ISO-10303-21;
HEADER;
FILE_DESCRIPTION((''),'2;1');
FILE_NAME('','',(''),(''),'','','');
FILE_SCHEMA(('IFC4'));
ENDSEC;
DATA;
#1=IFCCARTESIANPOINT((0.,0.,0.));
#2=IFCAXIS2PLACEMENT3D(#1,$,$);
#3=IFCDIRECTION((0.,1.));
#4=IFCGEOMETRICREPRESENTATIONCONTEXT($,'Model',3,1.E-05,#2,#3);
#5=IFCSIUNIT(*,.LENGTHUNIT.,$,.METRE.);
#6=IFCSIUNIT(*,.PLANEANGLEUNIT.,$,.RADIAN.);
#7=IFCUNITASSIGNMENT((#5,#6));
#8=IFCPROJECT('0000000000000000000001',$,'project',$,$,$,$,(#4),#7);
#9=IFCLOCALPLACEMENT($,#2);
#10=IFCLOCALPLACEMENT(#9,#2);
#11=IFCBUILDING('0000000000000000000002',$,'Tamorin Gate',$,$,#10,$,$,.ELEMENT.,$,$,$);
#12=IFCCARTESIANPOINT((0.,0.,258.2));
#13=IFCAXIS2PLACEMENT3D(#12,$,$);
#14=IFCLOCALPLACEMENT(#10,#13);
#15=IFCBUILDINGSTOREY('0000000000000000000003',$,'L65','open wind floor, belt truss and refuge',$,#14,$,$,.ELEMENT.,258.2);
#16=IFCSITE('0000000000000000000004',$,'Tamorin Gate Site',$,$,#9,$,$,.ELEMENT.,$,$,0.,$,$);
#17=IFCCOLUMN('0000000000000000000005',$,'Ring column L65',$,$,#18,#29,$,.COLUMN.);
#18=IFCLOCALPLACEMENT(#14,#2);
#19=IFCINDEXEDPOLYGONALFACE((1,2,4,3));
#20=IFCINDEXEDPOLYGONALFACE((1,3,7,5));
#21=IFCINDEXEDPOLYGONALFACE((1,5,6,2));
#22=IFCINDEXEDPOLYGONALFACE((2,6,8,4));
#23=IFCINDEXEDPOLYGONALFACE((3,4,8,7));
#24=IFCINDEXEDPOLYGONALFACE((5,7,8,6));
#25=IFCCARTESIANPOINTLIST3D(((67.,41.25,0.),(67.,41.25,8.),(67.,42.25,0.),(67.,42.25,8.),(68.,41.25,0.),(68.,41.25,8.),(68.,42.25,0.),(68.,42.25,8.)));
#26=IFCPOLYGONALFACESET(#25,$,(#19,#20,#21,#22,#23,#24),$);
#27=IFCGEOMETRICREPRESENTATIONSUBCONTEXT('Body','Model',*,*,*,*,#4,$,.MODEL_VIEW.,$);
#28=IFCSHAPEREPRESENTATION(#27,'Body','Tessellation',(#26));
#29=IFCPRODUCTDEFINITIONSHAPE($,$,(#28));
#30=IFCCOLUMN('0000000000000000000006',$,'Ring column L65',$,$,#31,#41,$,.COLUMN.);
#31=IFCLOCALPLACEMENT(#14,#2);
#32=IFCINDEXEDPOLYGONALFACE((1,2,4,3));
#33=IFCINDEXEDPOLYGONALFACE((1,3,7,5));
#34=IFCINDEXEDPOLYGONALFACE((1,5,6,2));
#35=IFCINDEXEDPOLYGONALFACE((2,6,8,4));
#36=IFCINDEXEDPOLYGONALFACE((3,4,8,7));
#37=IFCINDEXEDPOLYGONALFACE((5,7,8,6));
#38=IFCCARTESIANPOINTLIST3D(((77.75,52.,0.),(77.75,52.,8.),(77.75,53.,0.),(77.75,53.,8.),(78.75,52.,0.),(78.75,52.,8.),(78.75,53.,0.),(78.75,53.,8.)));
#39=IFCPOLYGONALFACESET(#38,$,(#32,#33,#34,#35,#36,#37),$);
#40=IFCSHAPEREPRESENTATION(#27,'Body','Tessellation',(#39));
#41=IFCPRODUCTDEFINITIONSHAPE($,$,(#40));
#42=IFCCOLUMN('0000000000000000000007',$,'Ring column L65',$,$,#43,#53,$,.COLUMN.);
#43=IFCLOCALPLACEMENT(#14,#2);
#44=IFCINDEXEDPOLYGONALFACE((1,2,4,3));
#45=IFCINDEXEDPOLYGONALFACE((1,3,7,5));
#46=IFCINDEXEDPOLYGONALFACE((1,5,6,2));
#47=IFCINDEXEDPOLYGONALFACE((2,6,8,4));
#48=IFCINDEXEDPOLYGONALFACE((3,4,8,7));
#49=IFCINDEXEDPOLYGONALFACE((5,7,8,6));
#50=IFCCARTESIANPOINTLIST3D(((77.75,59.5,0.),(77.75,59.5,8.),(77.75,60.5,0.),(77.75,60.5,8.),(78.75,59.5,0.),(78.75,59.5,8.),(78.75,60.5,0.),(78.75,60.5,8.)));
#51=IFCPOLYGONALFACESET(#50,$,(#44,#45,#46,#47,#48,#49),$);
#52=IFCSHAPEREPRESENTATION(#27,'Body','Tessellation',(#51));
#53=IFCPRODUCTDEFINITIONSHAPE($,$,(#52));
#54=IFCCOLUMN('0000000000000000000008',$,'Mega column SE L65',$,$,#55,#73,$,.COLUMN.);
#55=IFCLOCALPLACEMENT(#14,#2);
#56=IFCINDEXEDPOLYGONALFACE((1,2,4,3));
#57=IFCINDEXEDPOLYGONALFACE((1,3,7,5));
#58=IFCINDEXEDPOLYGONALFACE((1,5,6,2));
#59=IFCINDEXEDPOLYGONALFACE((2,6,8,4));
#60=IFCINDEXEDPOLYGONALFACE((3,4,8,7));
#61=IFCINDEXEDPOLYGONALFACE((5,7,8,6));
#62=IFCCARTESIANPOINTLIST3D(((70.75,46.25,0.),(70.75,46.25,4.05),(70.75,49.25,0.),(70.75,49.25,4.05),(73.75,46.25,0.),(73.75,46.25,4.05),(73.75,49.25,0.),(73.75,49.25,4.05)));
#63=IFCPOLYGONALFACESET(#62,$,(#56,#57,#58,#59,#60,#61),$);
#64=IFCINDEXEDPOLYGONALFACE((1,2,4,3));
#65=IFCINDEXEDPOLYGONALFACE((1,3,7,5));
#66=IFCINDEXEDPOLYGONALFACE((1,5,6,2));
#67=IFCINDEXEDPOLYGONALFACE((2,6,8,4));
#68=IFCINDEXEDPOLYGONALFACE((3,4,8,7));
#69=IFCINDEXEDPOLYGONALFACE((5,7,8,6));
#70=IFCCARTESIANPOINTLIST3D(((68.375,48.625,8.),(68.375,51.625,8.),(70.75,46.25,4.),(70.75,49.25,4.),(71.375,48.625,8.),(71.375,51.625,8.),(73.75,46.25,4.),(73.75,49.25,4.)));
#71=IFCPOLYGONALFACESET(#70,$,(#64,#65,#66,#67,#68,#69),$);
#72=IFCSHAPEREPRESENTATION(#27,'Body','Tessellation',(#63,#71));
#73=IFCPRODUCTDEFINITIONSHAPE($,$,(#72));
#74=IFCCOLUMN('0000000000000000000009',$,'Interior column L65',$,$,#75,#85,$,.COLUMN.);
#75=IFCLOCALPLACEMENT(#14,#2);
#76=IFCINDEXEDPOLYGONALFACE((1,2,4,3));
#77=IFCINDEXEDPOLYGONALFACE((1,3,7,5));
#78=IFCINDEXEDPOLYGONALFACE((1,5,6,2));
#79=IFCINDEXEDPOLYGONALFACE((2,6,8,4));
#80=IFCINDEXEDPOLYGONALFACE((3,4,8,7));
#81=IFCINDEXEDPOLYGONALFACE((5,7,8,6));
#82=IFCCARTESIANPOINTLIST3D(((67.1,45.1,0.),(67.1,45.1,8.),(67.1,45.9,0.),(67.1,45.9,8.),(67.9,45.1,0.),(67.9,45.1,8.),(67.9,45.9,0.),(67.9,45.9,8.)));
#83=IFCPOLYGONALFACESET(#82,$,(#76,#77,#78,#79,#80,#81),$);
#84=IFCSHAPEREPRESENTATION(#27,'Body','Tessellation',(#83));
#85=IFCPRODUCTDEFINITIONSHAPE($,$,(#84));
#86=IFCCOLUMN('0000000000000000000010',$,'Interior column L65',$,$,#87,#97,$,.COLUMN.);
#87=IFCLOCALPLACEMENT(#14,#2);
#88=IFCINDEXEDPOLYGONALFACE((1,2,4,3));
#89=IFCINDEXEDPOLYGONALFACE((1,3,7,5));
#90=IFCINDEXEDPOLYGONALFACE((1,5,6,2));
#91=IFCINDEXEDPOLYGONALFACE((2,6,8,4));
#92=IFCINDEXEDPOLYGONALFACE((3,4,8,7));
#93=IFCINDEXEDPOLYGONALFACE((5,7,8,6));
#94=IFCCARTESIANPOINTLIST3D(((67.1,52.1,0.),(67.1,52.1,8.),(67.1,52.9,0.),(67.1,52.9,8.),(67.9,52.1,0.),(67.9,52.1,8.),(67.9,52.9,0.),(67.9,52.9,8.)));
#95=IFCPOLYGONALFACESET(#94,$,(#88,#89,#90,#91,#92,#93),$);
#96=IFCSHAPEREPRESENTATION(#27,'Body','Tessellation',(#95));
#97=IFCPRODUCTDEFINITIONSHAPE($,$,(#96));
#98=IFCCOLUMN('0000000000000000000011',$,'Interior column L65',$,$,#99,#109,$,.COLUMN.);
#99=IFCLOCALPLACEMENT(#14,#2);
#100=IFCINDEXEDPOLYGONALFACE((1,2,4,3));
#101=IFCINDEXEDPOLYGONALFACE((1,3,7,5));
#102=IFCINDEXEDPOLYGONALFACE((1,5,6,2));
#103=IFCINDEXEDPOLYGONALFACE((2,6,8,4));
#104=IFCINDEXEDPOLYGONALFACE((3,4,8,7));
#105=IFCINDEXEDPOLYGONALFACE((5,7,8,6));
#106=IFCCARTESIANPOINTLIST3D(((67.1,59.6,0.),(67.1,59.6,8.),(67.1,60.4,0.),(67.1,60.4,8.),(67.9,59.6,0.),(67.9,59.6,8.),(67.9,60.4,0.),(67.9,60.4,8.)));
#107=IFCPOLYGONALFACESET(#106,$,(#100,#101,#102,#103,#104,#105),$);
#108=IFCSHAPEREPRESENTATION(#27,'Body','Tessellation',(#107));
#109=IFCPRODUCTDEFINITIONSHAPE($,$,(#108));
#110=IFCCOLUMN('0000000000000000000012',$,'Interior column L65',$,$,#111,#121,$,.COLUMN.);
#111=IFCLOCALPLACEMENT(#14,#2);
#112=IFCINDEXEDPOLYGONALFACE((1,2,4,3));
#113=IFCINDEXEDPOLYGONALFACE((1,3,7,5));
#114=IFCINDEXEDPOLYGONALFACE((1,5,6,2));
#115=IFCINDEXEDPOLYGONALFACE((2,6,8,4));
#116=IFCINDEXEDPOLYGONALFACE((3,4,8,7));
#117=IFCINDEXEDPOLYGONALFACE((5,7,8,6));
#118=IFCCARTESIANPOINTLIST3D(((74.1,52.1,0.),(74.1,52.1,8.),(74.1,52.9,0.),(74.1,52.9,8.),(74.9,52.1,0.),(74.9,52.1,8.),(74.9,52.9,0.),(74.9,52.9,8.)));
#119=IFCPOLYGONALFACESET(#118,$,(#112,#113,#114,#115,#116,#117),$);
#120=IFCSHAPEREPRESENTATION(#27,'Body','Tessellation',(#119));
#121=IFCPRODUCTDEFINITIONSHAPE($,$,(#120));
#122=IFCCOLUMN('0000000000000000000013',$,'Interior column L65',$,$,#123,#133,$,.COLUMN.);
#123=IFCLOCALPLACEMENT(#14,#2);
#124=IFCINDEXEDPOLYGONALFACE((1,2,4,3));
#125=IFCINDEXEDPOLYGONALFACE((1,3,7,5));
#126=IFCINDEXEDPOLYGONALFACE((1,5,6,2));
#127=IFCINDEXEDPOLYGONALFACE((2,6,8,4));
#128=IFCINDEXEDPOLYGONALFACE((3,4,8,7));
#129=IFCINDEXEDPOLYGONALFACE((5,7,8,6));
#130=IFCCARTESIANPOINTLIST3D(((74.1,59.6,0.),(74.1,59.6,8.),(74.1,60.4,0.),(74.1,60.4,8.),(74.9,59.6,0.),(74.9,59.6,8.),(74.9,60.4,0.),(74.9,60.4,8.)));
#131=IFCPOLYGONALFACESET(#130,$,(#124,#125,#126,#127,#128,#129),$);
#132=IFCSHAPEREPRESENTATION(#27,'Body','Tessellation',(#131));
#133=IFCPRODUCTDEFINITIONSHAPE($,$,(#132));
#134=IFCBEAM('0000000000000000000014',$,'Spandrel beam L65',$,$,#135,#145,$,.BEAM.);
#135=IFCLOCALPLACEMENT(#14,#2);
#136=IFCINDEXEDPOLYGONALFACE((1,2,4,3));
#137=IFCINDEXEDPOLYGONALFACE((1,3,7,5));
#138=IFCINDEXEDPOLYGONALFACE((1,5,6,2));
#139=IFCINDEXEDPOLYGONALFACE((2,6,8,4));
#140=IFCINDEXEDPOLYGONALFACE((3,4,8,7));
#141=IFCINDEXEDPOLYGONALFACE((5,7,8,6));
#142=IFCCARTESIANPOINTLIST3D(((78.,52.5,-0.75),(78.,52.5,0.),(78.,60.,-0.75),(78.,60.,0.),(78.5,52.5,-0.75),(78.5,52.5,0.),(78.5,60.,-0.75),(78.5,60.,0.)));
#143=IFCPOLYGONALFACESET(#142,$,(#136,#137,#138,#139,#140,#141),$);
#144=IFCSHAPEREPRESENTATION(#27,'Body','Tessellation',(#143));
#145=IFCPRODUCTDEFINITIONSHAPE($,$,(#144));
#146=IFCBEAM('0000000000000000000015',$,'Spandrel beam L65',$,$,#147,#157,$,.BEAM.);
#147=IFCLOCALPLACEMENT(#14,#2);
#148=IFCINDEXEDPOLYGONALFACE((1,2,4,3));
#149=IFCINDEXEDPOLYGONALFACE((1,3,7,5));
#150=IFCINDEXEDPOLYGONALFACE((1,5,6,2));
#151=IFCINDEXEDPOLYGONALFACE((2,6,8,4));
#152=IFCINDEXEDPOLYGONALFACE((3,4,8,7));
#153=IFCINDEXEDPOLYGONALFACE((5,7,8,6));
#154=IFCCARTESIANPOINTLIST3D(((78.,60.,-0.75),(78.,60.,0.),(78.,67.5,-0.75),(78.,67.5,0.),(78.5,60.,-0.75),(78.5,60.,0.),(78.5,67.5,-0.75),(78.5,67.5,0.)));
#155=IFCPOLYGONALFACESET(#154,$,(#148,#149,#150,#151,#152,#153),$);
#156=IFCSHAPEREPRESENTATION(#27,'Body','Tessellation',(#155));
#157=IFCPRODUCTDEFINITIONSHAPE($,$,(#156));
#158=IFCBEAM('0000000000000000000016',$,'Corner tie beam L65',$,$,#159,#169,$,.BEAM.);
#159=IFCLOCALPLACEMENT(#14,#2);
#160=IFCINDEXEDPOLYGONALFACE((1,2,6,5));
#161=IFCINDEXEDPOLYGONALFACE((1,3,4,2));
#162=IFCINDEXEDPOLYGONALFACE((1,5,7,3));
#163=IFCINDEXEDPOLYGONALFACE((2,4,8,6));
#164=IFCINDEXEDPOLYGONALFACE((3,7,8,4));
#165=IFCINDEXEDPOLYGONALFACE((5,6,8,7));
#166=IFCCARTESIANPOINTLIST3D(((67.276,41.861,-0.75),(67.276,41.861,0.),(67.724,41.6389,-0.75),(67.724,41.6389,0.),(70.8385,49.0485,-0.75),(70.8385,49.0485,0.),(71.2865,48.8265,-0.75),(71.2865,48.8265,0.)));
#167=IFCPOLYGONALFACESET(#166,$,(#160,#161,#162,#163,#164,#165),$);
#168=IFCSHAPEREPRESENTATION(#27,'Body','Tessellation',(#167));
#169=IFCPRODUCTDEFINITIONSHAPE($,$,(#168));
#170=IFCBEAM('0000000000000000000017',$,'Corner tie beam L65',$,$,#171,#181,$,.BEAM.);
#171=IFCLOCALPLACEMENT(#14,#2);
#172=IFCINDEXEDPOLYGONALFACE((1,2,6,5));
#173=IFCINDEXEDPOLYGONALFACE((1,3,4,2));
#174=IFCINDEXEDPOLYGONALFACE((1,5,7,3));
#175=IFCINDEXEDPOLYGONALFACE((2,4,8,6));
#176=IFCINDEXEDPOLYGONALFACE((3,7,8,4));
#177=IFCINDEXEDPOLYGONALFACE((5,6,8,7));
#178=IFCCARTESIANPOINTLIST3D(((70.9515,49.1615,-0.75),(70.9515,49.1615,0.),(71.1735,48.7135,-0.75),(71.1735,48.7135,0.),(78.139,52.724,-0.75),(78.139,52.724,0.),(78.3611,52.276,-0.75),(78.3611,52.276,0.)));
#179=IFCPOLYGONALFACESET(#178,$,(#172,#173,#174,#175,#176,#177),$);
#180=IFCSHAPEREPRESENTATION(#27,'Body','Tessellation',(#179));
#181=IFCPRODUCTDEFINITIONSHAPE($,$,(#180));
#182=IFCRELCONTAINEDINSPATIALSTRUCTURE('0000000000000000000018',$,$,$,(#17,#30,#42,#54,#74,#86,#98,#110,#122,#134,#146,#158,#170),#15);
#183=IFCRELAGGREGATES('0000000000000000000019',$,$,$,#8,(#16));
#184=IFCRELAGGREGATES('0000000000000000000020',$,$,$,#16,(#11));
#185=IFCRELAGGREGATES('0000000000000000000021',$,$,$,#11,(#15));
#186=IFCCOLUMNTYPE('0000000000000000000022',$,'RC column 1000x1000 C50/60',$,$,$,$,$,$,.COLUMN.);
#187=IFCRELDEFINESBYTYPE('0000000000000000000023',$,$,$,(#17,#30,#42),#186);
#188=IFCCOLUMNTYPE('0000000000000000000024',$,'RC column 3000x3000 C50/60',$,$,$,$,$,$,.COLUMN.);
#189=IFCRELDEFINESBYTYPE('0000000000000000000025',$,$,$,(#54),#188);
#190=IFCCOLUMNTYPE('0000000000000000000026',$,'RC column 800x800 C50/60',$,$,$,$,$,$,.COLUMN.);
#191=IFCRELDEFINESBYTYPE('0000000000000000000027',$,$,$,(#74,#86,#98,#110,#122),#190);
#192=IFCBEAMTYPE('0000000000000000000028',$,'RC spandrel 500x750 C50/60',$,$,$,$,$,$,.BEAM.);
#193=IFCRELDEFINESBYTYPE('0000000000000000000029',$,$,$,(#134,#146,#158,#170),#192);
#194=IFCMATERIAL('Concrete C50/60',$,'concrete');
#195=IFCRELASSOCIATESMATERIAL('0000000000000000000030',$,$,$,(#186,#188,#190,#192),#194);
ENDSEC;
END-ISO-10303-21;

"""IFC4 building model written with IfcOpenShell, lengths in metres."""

from ifc_helpers import new_model, si_unit, direction, frame, origin, origin_2d, place, context, subcontext, project, spatial, rectangle, extrude, material, material_profile, profile_set, type_object, element, save


model = new_model("IFC4")

# Units and contexts
model_context = context("Model", 3, precision=1e-05, world=origin(), true_north=direction((0.0, 1.0)))
body_context = subcontext(model_context, "Body", "Model", "MODEL_VIEW")
ifc_project = project(units=[si_unit("LENGTHUNIT", "METRE"), si_unit("PLANEANGLEUNIT", "RADIAN")], contexts=[model_context])

# Site, building, storey
site_placement = place(None, origin())
site = spatial("IfcSite", under=ifc_project, at=site_placement, Name="Tamorin Gate Site", CompositionType="ELEMENT", RefElevation=0.0)
building_placement = place(site_placement, origin())
building = spatial("IfcBuilding", under=site, at=building_placement, Name="Tamorin Gate", CompositionType="ELEMENT")
storey_placement = place(building_placement, frame((0.0, 0.0, 258.2)))
storey = spatial("IfcBuildingStorey", under=building, at=storey_placement, Name="L65", Description="open wind floor, belt truss and refuge", CompositionType="ELEMENT", Elevation=258.2)

# Columns
ifc_material_1 = material(Name="Concrete C50/60", Category="concrete")
ifc_material_profile_1 = material_profile(ifc_material_1, rectangle(XDim=1.0, YDim=1.0, at=origin_2d()), Name="RC 1000x1000")
ifc_profile_set_1 = profile_set([ifc_material_profile_1], Name="Concrete C50/60")
column_type_1 = type_object("IfcColumnType", Name="RC column 1000x1000 C50/60", PredefinedType="COLUMN", material=ifc_profile_set_1)
for number, where, z_axis, x_axis, name in (
    (1, (67.5, 41.75, 0.0), (0.0, 0.0, 1.0), (1.0, 0.0, 0.0), "Ring column L65"),
    (2, (78.25, 52.5, 0.0), (0.0, 0.0, 1.0), (1.0, 0.0, 0.0), "Ring column L65"),
    (3, (78.25, 60.0, 0.0), (0.0, 0.0, 1.0), (1.0, 0.0, 0.0), "Ring column L65"),
):
    element("IfcColumn", number, at=place(storey_placement, frame(where, z_axis=z_axis, x_axis=x_axis)), inside=storey, type_object=column_type_1, Name=name, PredefinedType="COLUMN", context=body_context, shape_type="SweptSolid", body=[
        extrude(rectangle(XDim=1.0, YDim=1.0, at=origin_2d()), origin(), (0.0, 0.0, 1.0), 8.0),
    ])
ifc_material_profile_2 = material_profile(ifc_material_1, rectangle(XDim=3.0, YDim=3.0, at=origin_2d()), Name="RC 3000x3000")
ifc_profile_set_2 = profile_set([ifc_material_profile_2], Name="Concrete C50/60")
column_type_2 = type_object("IfcColumnType", Name="RC column 3000x3000 C50/60", PredefinedType="COLUMN", material=ifc_profile_set_2)
column_placement = place(storey_placement, frame((72.25, 47.75, 0.0), z_axis=(0.0, 0.0, 1.0), x_axis=(0.0, 1.0, 0.0)))
element("IfcColumn", 4, at=column_placement, inside=storey, type_object=column_type_2, Name="Mega column SE L65", PredefinedType="COLUMN", context=body_context, shape_type="SweptSolid", body=[
    extrude(rectangle(XDim=3.0, YDim=3.0, at=origin_2d()), origin(), (0.0, 0.0, 1.0), 4.05),
    extrude(rectangle(XDim=3.0, YDim=3.0, at=origin_2d()), frame((0.0, 0.0, 4.0)), (0.454707, 0.454707, 0.765822), 5.2231),
])
ifc_material_profile_3 = material_profile(ifc_material_1, rectangle(XDim=0.8, YDim=0.8, at=origin_2d()), Name="RC 800x800")
ifc_profile_set_3 = profile_set([ifc_material_profile_3], Name="Concrete C50/60")
column_type_3 = type_object("IfcColumnType", Name="RC column 800x800 C50/60", PredefinedType="COLUMN", material=ifc_profile_set_3)
for number, where, z_axis, x_axis, name in (
    (5, (67.5, 45.5, 0.0), (0.0, 0.0, 1.0), (1.0, 0.0, 0.0), "Interior column L65"),
    (6, (67.5, 52.5, 0.0), (0.0, 0.0, 1.0), (1.0, 0.0, 0.0), "Interior column L65"),
    (7, (67.5, 60.0, 0.0), (0.0, 0.0, 1.0), (1.0, 0.0, 0.0), "Interior column L65"),
    (8, (74.5, 52.5, 0.0), (0.0, 0.0, 1.0), (1.0, 0.0, 0.0), "Interior column L65"),
    (9, (74.5, 60.0, 0.0), (0.0, 0.0, 1.0), (1.0, 0.0, 0.0), "Interior column L65"),
):
    element("IfcColumn", number, at=place(storey_placement, frame(where, z_axis=z_axis, x_axis=x_axis)), inside=storey, type_object=column_type_3, Name=name, PredefinedType="COLUMN", context=body_context, shape_type="SweptSolid", body=[
        extrude(rectangle(XDim=0.8, YDim=0.8, at=origin_2d()), origin(), (0.0, 0.0, 1.0), 8.0),
    ])

# Beams
ifc_material_profile_4 = material_profile(ifc_material_1, rectangle(XDim=0.5, YDim=0.75, at=origin_2d()), Name="RC 500x750")
ifc_profile_set_4 = profile_set([ifc_material_profile_4], Name="Concrete C50/60")
beam_type = type_object("IfcBeamType", Name="RC spandrel 500x750 C50/60", PredefinedType="BEAM", material=ifc_profile_set_4)
for number, where, z_axis, x_axis, name in (
    (10, (78.25, 52.5, -0.375), (0.0, 1.0, 0.0), (-1.0, 0.0, 0.0), "Spandrel beam L65"),
    (11, (78.25, 60.0, -0.375), (0.0, 1.0, 0.0), (-1.0, 0.0, 0.0), "Spandrel beam L65"),
):
    element("IfcBeam", number, at=place(storey_placement, frame(where, z_axis=z_axis, x_axis=x_axis)), inside=storey, type_object=beam_type, Name=name, PredefinedType="BEAM", context=body_context, shape_type="SweptSolid", body=[
        extrude(rectangle(XDim=0.5, YDim=0.75, at=origin_2d()), origin(), (0.0, 0.0, 1.0), 7.5),
    ])
for number, where, z_axis, x_axis, name in (
    (12, (71.0625, 48.9375, -0.375), (-0.444094, -0.89598, 0.0), (0.89598, -0.444094, 0.0), "Corner tie beam L65"),
    (13, (71.0625, 48.9375, -0.375), (0.89598, 0.444094, 0.0), (-0.444094, 0.89598, 0.0), "Corner tie beam L65"),
):
    element("IfcBeam", number, at=place(storey_placement, frame(where, z_axis=z_axis, x_axis=x_axis)), inside=storey, type_object=beam_type, Name=name, PredefinedType="BEAM", context=body_context, shape_type="SweptSolid", body=[
        extrude(rectangle(XDim=0.5, YDim=0.75, at=origin_2d()), origin(), (0.0, 0.0, 1.0), 8.022),
    ])

save(model, "model.ifc")
